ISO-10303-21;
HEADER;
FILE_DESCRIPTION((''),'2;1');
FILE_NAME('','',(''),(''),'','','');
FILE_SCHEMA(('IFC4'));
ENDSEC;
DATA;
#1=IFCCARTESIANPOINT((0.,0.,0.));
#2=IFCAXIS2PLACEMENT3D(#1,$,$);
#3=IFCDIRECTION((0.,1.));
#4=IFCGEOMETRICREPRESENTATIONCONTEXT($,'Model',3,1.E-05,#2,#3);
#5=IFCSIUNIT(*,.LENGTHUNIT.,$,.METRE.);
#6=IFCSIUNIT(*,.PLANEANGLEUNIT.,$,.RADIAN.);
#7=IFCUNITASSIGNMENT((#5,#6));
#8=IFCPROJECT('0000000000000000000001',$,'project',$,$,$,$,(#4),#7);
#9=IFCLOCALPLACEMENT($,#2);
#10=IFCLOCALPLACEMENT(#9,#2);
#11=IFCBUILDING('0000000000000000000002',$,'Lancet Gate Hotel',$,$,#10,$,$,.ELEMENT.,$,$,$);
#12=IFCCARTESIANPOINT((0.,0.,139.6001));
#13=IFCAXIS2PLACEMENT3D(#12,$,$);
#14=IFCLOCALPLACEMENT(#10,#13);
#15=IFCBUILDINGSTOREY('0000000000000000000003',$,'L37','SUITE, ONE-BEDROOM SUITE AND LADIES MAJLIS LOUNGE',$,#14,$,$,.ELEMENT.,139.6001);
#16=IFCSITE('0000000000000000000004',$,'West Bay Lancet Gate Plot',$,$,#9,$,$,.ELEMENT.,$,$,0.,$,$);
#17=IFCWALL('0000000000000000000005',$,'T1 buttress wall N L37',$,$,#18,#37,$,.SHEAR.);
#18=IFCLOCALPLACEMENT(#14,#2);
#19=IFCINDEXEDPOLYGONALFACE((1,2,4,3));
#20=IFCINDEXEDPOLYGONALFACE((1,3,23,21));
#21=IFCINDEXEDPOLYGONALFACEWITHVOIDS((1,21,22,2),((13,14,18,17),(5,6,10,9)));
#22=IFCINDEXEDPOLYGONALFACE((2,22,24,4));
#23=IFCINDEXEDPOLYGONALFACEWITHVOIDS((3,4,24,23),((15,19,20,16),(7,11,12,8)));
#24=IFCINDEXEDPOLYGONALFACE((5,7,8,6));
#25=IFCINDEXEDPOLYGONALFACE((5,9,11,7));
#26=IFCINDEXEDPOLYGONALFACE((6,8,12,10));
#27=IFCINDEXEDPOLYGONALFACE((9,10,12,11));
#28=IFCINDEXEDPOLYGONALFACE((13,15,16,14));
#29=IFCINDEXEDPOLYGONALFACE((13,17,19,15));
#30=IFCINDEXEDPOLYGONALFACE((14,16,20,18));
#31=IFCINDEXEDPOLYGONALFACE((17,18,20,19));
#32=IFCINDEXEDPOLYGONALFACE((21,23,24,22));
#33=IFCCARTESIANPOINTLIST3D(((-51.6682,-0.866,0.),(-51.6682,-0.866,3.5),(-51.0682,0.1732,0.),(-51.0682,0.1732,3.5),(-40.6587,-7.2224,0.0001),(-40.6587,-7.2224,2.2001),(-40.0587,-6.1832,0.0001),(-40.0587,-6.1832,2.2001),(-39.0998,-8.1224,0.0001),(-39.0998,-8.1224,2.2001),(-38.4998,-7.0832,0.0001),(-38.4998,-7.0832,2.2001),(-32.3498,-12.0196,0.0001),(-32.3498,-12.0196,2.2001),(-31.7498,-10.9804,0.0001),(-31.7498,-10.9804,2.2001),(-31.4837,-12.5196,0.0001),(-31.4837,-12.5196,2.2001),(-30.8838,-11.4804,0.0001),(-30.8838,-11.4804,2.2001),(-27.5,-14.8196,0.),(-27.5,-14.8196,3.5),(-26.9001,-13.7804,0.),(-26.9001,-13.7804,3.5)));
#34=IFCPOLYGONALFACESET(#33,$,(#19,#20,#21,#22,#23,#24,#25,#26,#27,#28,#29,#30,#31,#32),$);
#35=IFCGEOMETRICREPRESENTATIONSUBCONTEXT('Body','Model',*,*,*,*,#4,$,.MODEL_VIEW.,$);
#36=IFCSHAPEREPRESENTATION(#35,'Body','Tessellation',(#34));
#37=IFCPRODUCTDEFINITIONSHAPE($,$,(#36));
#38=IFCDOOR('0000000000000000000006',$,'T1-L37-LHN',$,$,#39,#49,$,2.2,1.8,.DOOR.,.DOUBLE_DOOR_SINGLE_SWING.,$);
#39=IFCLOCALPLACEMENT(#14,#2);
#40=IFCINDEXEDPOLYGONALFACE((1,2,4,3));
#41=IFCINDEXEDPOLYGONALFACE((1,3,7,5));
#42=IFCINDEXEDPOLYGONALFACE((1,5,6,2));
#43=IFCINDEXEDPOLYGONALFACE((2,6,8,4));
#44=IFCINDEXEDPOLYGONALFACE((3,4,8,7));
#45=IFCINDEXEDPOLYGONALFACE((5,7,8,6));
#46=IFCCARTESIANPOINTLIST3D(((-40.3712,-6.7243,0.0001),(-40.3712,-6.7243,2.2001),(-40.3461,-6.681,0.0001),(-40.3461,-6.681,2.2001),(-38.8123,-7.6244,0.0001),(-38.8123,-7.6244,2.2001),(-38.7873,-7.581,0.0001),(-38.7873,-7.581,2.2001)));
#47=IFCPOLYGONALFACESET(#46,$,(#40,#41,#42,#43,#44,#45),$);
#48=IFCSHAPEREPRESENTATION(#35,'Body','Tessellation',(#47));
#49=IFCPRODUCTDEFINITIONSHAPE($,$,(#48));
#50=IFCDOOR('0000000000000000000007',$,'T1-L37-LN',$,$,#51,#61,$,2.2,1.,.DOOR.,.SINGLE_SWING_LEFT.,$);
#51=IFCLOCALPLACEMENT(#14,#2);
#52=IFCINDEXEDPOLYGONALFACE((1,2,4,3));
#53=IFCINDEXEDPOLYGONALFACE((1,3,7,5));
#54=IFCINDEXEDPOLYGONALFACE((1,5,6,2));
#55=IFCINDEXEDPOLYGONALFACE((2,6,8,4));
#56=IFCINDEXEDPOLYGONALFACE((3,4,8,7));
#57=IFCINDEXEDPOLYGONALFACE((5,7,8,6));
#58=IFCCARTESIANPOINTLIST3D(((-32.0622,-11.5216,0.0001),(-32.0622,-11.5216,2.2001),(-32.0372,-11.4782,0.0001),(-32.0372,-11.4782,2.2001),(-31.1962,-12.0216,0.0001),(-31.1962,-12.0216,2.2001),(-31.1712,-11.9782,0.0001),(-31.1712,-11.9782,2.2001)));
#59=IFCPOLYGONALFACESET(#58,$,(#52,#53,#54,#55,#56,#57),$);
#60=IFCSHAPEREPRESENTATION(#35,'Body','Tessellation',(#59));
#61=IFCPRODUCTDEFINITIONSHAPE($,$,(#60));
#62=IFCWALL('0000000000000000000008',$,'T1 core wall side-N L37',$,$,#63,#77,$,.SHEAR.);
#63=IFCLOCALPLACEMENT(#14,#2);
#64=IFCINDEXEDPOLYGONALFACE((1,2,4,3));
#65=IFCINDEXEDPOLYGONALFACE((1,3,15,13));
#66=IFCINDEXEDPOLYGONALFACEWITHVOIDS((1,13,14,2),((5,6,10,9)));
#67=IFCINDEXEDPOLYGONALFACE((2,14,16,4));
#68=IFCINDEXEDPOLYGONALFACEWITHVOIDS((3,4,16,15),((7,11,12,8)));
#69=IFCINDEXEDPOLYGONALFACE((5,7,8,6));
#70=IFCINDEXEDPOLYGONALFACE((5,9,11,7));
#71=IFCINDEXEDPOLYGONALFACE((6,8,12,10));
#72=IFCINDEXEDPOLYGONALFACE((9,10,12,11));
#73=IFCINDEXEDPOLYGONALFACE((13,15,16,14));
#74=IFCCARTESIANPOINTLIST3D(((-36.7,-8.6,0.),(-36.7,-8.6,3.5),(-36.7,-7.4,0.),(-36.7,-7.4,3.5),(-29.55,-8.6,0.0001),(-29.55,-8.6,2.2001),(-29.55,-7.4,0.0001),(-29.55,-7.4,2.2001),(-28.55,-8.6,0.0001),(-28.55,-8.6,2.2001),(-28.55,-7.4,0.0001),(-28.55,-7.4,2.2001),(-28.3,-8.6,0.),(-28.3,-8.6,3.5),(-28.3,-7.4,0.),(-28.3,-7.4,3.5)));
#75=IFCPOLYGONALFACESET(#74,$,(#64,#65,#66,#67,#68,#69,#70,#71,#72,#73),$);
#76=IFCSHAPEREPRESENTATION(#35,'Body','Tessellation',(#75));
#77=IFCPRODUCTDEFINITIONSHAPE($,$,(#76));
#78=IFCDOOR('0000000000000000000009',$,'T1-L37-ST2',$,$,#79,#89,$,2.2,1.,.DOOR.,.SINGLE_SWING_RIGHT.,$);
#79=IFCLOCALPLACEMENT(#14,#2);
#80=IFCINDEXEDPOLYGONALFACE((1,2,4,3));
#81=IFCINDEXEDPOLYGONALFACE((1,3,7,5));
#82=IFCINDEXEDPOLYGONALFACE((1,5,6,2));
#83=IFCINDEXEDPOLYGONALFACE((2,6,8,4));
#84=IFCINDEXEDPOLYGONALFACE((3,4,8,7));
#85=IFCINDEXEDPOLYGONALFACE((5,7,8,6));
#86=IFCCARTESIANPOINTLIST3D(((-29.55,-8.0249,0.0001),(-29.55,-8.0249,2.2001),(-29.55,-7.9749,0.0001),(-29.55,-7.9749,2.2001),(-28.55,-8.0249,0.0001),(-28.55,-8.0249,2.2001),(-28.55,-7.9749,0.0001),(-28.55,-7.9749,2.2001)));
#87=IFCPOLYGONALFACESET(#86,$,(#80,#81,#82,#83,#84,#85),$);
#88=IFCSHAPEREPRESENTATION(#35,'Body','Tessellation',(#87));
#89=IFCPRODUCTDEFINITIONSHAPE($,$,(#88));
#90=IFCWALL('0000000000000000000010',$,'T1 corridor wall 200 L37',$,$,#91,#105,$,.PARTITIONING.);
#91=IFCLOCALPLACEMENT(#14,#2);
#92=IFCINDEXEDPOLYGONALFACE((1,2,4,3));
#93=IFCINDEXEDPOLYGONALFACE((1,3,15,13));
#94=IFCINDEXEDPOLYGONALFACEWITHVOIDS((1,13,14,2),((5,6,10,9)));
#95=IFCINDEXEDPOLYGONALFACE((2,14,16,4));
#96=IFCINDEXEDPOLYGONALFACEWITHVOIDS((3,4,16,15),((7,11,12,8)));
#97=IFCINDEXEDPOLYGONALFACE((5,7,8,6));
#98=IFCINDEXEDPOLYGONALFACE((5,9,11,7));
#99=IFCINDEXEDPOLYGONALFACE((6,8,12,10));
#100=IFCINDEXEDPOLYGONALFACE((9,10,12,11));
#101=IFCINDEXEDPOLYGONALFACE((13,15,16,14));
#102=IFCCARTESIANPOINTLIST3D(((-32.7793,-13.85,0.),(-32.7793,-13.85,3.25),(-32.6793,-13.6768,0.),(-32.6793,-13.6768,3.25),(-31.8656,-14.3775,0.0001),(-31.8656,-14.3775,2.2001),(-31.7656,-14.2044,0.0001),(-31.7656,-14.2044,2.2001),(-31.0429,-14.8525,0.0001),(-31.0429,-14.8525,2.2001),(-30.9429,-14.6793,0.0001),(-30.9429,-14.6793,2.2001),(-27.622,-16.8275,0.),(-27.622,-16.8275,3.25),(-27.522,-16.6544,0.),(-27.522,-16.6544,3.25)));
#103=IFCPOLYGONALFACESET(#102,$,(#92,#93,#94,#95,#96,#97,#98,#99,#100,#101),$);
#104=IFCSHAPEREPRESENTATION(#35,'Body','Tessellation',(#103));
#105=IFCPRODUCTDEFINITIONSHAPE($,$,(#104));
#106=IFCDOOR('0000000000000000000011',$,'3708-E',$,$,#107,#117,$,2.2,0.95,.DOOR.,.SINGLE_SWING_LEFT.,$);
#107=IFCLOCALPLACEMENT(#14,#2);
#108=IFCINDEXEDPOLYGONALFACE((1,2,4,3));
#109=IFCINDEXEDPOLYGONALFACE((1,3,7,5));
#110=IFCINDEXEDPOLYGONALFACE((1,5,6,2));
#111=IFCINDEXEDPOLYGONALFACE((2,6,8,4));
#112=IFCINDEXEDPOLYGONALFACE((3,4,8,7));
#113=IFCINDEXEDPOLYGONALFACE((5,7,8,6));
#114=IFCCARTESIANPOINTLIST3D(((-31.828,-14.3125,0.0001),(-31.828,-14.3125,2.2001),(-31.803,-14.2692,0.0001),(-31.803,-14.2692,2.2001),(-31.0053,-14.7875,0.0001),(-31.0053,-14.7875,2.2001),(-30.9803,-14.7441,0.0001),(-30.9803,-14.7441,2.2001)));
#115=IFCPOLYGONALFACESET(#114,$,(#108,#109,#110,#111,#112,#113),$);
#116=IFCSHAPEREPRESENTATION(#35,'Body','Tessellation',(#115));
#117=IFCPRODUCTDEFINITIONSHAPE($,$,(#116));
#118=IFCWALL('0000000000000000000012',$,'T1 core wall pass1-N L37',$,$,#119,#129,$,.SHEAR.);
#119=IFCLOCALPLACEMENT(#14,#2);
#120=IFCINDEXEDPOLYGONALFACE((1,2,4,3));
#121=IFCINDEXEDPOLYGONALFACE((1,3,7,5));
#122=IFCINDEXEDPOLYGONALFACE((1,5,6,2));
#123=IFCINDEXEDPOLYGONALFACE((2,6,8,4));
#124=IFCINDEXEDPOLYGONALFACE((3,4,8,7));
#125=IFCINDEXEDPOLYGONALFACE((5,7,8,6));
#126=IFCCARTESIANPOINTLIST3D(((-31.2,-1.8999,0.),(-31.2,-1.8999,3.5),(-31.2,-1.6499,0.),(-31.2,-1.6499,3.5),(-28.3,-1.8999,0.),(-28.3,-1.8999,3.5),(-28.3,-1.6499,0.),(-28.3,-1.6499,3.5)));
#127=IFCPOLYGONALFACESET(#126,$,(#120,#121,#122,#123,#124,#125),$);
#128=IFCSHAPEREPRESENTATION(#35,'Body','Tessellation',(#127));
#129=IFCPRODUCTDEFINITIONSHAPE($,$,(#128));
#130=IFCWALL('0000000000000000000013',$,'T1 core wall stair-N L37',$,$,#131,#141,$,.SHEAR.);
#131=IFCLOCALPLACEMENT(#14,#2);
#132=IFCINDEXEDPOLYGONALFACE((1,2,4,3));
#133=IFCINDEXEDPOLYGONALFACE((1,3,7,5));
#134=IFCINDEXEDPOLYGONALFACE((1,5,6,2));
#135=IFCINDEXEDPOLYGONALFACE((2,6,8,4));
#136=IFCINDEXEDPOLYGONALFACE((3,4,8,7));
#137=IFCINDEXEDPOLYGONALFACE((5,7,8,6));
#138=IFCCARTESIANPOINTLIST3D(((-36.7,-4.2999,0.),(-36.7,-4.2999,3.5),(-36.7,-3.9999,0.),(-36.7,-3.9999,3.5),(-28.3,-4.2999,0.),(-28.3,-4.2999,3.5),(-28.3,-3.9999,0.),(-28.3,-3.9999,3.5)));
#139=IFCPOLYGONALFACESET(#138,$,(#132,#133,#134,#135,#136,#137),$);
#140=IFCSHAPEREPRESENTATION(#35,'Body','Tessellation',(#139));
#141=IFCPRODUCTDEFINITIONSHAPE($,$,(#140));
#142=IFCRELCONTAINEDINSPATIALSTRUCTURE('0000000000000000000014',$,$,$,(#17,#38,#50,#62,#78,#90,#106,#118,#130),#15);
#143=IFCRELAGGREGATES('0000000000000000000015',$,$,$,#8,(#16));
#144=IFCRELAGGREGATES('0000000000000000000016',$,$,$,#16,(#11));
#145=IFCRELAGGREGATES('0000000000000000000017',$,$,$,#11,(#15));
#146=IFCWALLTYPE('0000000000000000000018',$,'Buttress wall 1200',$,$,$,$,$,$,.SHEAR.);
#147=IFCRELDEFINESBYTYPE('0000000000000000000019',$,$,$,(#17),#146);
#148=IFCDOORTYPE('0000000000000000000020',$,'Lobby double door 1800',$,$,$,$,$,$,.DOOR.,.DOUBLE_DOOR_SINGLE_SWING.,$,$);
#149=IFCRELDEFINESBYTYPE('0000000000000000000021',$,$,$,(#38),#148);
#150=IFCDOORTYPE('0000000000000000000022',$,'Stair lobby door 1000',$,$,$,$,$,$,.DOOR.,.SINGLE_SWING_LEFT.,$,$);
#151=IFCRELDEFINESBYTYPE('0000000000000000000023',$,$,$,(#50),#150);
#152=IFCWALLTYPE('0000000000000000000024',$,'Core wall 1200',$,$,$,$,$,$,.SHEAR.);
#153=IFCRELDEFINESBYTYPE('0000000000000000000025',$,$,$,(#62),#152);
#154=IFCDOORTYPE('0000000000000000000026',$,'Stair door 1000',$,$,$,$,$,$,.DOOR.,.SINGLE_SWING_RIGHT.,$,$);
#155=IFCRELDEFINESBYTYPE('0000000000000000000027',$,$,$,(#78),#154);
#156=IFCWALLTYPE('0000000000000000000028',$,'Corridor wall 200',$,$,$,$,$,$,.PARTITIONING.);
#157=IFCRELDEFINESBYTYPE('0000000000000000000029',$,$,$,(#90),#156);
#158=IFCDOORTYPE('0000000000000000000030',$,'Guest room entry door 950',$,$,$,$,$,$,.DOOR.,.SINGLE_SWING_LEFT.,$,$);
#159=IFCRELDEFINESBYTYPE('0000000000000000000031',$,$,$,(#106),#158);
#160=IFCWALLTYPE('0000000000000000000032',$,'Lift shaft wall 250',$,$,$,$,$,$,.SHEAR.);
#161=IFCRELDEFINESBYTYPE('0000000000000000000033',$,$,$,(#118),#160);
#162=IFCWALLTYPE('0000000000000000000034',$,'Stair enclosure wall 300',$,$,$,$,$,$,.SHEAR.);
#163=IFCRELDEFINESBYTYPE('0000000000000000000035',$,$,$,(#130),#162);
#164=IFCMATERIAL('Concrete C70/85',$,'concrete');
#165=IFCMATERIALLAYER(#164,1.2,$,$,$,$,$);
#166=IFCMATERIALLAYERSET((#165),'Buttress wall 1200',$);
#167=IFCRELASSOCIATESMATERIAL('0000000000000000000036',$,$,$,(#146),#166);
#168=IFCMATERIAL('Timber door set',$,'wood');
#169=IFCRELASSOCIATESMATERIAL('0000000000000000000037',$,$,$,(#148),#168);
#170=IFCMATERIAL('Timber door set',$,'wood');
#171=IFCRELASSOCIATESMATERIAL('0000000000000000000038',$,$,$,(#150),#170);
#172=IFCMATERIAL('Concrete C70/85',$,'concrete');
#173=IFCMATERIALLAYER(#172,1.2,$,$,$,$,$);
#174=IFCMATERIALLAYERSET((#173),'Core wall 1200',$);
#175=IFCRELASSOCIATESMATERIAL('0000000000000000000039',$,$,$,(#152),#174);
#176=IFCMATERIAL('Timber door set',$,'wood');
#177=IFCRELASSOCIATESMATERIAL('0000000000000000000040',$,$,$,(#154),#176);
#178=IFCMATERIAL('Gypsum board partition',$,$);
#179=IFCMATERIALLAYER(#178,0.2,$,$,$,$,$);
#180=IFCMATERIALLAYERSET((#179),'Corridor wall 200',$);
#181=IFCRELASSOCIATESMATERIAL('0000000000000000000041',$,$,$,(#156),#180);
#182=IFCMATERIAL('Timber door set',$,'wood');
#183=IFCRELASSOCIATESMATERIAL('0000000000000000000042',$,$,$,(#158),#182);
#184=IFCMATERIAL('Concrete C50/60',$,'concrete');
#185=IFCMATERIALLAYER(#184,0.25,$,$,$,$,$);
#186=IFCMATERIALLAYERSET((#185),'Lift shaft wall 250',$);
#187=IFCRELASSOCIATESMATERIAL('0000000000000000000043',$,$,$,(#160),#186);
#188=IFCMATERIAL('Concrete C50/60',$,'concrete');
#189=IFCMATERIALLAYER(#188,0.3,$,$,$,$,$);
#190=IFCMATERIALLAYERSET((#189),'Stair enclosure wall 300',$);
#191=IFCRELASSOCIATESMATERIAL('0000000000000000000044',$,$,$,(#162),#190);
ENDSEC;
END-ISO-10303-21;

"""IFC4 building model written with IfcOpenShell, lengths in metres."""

from ifc_helpers import new_model, si_unit, direction, frame, frame_2d, origin, place, context, subcontext, project, spatial, rectangle, extrude, material, layer, layer_set, type_object, element, fill, save


model = new_model("IFC4")

# Units and contexts
model_context = context("Model", 3, precision=1e-05, world=origin(), true_north=direction((0.0, 1.0)))
body_context = subcontext(model_context, "Body", "Model", "MODEL_VIEW")
ifc_project = project(units=[si_unit("LENGTHUNIT", "METRE"), si_unit("PLANEANGLEUNIT", "RADIAN")], contexts=[model_context])

# Site, building, storey
site_placement = place(None, origin())
site = spatial("IfcSite", under=ifc_project, at=site_placement, Name="West Bay Lancet Gate Plot", CompositionType="ELEMENT", RefElevation=0.0)
building_placement = place(site_placement, origin())
building = spatial("IfcBuilding", under=site, at=building_placement, Name="Lancet Gate Hotel", CompositionType="ELEMENT")
storey_placement = place(building_placement, frame((0.0, 0.0, 139.6001)))
storey = spatial("IfcBuildingStorey", under=building, at=storey_placement, Name="L37", Description="SUITE, ONE-BEDROOM SUITE AND LADIES MAJLIS LOUNGE", CompositionType="ELEMENT", Elevation=139.6001)

# Wall, openings, doors
ifc_material_1 = material(Name="Concrete C70/85", Category="concrete")
ifc_layer_1 = layer(ifc_material_1, 1.2)
ifc_layer_set_1 = layer_set([ifc_layer_1], Name="Buttress wall 1200")
wall_type_1 = type_object("IfcWallType", Name="Buttress wall 1200", PredefinedType="SHEAR", material=ifc_layer_set_1)
wall_1_placement = place(storey_placement, frame((-27.2, -14.3, 0.0), z_axis=(0.0, 0.0, 1.0), x_axis=(-0.866024, 0.500002, 0.0)))
wall_1 = element("IfcWall", 1, at=wall_1_placement, inside=storey, type_object=wall_type_1, Name="T1 buttress wall N L37", PredefinedType="SHEAR", context=body_context, shape_type="SweptSolid", body=[
    extrude(rectangle(XDim=27.907, YDim=1.2, at=frame_2d((13.9536, 0.0))), origin(), (0.0, 0.0, 1.0), 3.5),
])
opening_1_placement = place(wall_1_placement, frame((4.6001, 0.0, 0.0)))
opening_1 = element("IfcOpeningElement", 2, at=opening_1_placement, cuts=wall_1, PredefinedType="OPENING", context=body_context, shape_type="SweptSolid", body=[
    extrude(rectangle(XDim=1.0, YDim=2.2, at=frame_2d((0.5, 1.1001))), frame((0.0, 0.6099, 0.0), z_axis=(0.0, -1.0, 0.0), x_axis=(1.0, 0.0, 0.0)), (0.0, 0.0, 1.0), 1.22),
])
opening_2_placement = place(wall_1_placement, frame((13.3945, 0.0, 0.0)))
opening_2 = element("IfcOpeningElement", 3, at=opening_2_placement, cuts=wall_1, PredefinedType="OPENING", context=body_context, shape_type="SweptSolid", body=[
    extrude(rectangle(XDim=1.8, YDim=2.2, at=frame_2d((0.8999, 1.1001))), frame((0.0, 0.6099, 0.0), z_axis=(0.0, -1.0, 0.0), x_axis=(1.0, 0.0, 0.0)), (0.0, 0.0, 1.0), 1.22),
])
ifc_material_2 = material(Name="Timber door set", Category="wood")
door_type_1 = type_object("IfcDoorType", Name="Lobby double door 1800", OperationType="DOUBLE_DOOR_SINGLE_SWING", PredefinedType="DOOR", material=ifc_material_2)
door_1_placement = place(opening_2_placement, origin())
door_1 = element("IfcDoor", 4, at=door_1_placement, inside=storey, type_object=door_type_1, Name="T1-L37-LHN", OperationType="DOUBLE_DOOR_SINGLE_SWING", OverallHeight=2.2, OverallWidth=1.8, PredefinedType="DOOR", context=body_context, shape_type="SweptSolid", body=[
    extrude(rectangle(XDim=1.8, YDim=2.2, at=frame_2d((0.8999, 1.1001))), frame((0.0, 0.0249, 0.0), z_axis=(0.0, -1.0, 0.0), x_axis=(1.0, 0.0, 0.0)), (0.0, 0.0, 1.0), 0.05),
])
fill(opening_2, door_1)
ifc_material_3 = material(Name="Timber door set", Category="wood")
door_type_2 = type_object("IfcDoorType", Name="Stair lobby door 1000", OperationType="SINGLE_SWING_LEFT", PredefinedType="DOOR", material=ifc_material_3)
door_2_placement = place(opening_1_placement, origin())
door_2 = element("IfcDoor", 5, at=door_2_placement, inside=storey, type_object=door_type_2, Name="T1-L37-LN", OperationType="SINGLE_SWING_LEFT", OverallHeight=2.2, OverallWidth=1.0, PredefinedType="DOOR", context=body_context, shape_type="SweptSolid", body=[
    extrude(rectangle(XDim=1.0, YDim=2.2, at=frame_2d((0.5, 1.1001))), frame((0.0, 0.0249, 0.0), z_axis=(0.0, -1.0, 0.0), x_axis=(1.0, 0.0, 0.0)), (0.0, 0.0, 1.0), 0.05),
])
fill(opening_1, door_2)

# Walls, openings, doors
ifc_material_4 = material(Name="Concrete C70/85", Category="concrete")
ifc_layer_2 = layer(ifc_material_4, 1.2)
ifc_layer_set_2 = layer_set([ifc_layer_2], Name="Core wall 1200")
wall_type_2 = type_object("IfcWallType", Name="Core wall 1200", PredefinedType="SHEAR", material=ifc_layer_set_2)
wall_2_placement = place(storey_placement, frame((-28.3, -8.0, 0.0), z_axis=(0.0, 0.0, 1.0), x_axis=(-1.0, 0.0, 0.0)))
wall_2 = element("IfcWall", 6, at=wall_2_placement, inside=storey, type_object=wall_type_2, Name="T1 core wall side-N L37", PredefinedType="SHEAR", context=body_context, shape_type="SweptSolid", body=[
    extrude(rectangle(XDim=8.3999, YDim=1.2, at=frame_2d((4.2, 0.0))), origin(), (0.0, 0.0, 1.0), 3.5),
])
opening_3_placement = place(wall_2_placement, frame((0.25, 0.0, 0.0)))
opening_3 = element("IfcOpeningElement", 7, at=opening_3_placement, cuts=wall_2, PredefinedType="OPENING", context=body_context, shape_type="SweptSolid", body=[
    extrude(rectangle(XDim=1.0, YDim=2.2, at=frame_2d((0.5, 1.1001))), frame((0.0, 0.6099, 0.0), z_axis=(0.0, -1.0, 0.0), x_axis=(1.0, 0.0, 0.0)), (0.0, 0.0, 1.0), 1.22),
])
ifc_material_5 = material(Name="Timber door set", Category="wood")
door_type_3 = type_object("IfcDoorType", Name="Stair door 1000", OperationType="SINGLE_SWING_RIGHT", PredefinedType="DOOR", material=ifc_material_5)
door_3_placement = place(opening_3_placement, origin())
door_3 = element("IfcDoor", 8, at=door_3_placement, inside=storey, type_object=door_type_3, Name="T1-L37-ST2", OperationType="SINGLE_SWING_RIGHT", OverallHeight=2.2, OverallWidth=1.0, PredefinedType="DOOR", context=body_context, shape_type="SweptSolid", body=[
    extrude(rectangle(XDim=1.0, YDim=2.2, at=frame_2d((0.5, 1.1001))), frame((0.0, 0.0249, 0.0), z_axis=(0.0, -1.0, 0.0), x_axis=(1.0, 0.0, 0.0)), (0.0, 0.0, 1.0), 0.05),
])
fill(opening_3, door_3)
ifc_material_6 = material(Name="Gypsum board partition")
ifc_layer_3 = layer(ifc_material_6, 0.2)
ifc_layer_set_3 = layer_set([ifc_layer_3], Name="Corridor wall 200")
wall_type_3 = type_object("IfcWallType", Name="Corridor wall 200", PredefinedType="PARTITIONING", material=ifc_layer_set_3)
wall_3_placement = place(storey_placement, frame((-27.572, -16.741, 0.0), z_axis=(0.0, 0.0, 1.0), x_axis=(-0.866024, 0.500002, 0.0)))
wall_3 = element("IfcWall", 9, at=wall_3_placement, inside=storey, type_object=wall_type_3, Name="T1 corridor wall 200 L37", PredefinedType="PARTITIONING", context=body_context, shape_type="SweptSolid", body=[
    extrude(rectangle(XDim=5.9551, YDim=0.2, at=frame_2d((2.9775, 0.0))), origin(), (0.0, 0.0, 1.0), 3.25),
])
opening_4_placement = place(wall_3_placement, frame((3.95, 0.0, 0.0)))
opening_4 = element("IfcOpeningElement", 10, at=opening_4_placement, cuts=wall_3, PredefinedType="OPENING", context=body_context, shape_type="SweptSolid", body=[
    extrude(rectangle(XDim=0.95, YDim=2.2, at=frame_2d((0.4751, 1.1001))), frame((0.0, 0.1099, 0.0), z_axis=(0.0, -1.0, 0.0), x_axis=(1.0, 0.0, 0.0)), (0.0, 0.0, 1.0), 0.22),
])
ifc_material_7 = material(Name="Timber door set", Category="wood")
door_type_4 = type_object("IfcDoorType", Name="Guest room entry door 950", OperationType="SINGLE_SWING_LEFT", PredefinedType="DOOR", material=ifc_material_7)
door_4_placement = place(opening_4_placement, origin())
door_4 = element("IfcDoor", 11, at=door_4_placement, inside=storey, type_object=door_type_4, Name="3708-E", OperationType="SINGLE_SWING_LEFT", OverallHeight=2.2, OverallWidth=0.95, PredefinedType="DOOR", context=body_context, shape_type="SweptSolid", body=[
    extrude(rectangle(XDim=0.95, YDim=2.2, at=frame_2d((0.4751, 1.1001))), frame((0.0, 0.0249, 0.0), z_axis=(0.0, -1.0, 0.0), x_axis=(1.0, 0.0, 0.0)), (0.0, 0.0, 1.0), 0.05),
])
fill(opening_4, door_4)

# Walls
ifc_material_8 = material(Name="Concrete C50/60", Category="concrete")
ifc_layer_4 = layer(ifc_material_8, 0.25)
ifc_layer_set_4 = layer_set([ifc_layer_4], Name="Lift shaft wall 250")
wall_type_4 = type_object("IfcWallType", Name="Lift shaft wall 250", PredefinedType="SHEAR", material=ifc_layer_set_4)
wall_4_placement = place(storey_placement, frame((-28.3, -1.7749, 0.0), z_axis=(0.0, 0.0, 1.0), x_axis=(-1.0, 0.0, 0.0)))
element("IfcWall", 12, at=wall_4_placement, inside=storey, type_object=wall_type_4, Name="T1 core wall pass1-N L37", PredefinedType="SHEAR", context=body_context, shape_type="SweptSolid", body=[
    extrude(rectangle(XDim=2.8999, YDim=0.25, at=frame_2d((1.45, 0.0))), origin(), (0.0, 0.0, 1.0), 3.5),
])
ifc_material_9 = material(Name="Concrete C50/60", Category="concrete")
ifc_layer_5 = layer(ifc_material_9, 0.3)
ifc_layer_set_5 = layer_set([ifc_layer_5], Name="Stair enclosure wall 300")
wall_type_5 = type_object("IfcWallType", Name="Stair enclosure wall 300", PredefinedType="SHEAR", material=ifc_layer_set_5)
wall_5_placement = place(storey_placement, frame((-28.3, -4.1499, 0.0), z_axis=(0.0, 0.0, 1.0), x_axis=(-1.0, 0.0, 0.0)))
element("IfcWall", 13, at=wall_5_placement, inside=storey, type_object=wall_type_5, Name="T1 core wall stair-N L37", PredefinedType="SHEAR", context=body_context, shape_type="SweptSolid", body=[
    extrude(rectangle(XDim=8.3999, YDim=0.3, at=frame_2d((4.2, 0.0))), origin(), (0.0, 0.0, 1.0), 3.5),
])

save(model, "model.ifc")
